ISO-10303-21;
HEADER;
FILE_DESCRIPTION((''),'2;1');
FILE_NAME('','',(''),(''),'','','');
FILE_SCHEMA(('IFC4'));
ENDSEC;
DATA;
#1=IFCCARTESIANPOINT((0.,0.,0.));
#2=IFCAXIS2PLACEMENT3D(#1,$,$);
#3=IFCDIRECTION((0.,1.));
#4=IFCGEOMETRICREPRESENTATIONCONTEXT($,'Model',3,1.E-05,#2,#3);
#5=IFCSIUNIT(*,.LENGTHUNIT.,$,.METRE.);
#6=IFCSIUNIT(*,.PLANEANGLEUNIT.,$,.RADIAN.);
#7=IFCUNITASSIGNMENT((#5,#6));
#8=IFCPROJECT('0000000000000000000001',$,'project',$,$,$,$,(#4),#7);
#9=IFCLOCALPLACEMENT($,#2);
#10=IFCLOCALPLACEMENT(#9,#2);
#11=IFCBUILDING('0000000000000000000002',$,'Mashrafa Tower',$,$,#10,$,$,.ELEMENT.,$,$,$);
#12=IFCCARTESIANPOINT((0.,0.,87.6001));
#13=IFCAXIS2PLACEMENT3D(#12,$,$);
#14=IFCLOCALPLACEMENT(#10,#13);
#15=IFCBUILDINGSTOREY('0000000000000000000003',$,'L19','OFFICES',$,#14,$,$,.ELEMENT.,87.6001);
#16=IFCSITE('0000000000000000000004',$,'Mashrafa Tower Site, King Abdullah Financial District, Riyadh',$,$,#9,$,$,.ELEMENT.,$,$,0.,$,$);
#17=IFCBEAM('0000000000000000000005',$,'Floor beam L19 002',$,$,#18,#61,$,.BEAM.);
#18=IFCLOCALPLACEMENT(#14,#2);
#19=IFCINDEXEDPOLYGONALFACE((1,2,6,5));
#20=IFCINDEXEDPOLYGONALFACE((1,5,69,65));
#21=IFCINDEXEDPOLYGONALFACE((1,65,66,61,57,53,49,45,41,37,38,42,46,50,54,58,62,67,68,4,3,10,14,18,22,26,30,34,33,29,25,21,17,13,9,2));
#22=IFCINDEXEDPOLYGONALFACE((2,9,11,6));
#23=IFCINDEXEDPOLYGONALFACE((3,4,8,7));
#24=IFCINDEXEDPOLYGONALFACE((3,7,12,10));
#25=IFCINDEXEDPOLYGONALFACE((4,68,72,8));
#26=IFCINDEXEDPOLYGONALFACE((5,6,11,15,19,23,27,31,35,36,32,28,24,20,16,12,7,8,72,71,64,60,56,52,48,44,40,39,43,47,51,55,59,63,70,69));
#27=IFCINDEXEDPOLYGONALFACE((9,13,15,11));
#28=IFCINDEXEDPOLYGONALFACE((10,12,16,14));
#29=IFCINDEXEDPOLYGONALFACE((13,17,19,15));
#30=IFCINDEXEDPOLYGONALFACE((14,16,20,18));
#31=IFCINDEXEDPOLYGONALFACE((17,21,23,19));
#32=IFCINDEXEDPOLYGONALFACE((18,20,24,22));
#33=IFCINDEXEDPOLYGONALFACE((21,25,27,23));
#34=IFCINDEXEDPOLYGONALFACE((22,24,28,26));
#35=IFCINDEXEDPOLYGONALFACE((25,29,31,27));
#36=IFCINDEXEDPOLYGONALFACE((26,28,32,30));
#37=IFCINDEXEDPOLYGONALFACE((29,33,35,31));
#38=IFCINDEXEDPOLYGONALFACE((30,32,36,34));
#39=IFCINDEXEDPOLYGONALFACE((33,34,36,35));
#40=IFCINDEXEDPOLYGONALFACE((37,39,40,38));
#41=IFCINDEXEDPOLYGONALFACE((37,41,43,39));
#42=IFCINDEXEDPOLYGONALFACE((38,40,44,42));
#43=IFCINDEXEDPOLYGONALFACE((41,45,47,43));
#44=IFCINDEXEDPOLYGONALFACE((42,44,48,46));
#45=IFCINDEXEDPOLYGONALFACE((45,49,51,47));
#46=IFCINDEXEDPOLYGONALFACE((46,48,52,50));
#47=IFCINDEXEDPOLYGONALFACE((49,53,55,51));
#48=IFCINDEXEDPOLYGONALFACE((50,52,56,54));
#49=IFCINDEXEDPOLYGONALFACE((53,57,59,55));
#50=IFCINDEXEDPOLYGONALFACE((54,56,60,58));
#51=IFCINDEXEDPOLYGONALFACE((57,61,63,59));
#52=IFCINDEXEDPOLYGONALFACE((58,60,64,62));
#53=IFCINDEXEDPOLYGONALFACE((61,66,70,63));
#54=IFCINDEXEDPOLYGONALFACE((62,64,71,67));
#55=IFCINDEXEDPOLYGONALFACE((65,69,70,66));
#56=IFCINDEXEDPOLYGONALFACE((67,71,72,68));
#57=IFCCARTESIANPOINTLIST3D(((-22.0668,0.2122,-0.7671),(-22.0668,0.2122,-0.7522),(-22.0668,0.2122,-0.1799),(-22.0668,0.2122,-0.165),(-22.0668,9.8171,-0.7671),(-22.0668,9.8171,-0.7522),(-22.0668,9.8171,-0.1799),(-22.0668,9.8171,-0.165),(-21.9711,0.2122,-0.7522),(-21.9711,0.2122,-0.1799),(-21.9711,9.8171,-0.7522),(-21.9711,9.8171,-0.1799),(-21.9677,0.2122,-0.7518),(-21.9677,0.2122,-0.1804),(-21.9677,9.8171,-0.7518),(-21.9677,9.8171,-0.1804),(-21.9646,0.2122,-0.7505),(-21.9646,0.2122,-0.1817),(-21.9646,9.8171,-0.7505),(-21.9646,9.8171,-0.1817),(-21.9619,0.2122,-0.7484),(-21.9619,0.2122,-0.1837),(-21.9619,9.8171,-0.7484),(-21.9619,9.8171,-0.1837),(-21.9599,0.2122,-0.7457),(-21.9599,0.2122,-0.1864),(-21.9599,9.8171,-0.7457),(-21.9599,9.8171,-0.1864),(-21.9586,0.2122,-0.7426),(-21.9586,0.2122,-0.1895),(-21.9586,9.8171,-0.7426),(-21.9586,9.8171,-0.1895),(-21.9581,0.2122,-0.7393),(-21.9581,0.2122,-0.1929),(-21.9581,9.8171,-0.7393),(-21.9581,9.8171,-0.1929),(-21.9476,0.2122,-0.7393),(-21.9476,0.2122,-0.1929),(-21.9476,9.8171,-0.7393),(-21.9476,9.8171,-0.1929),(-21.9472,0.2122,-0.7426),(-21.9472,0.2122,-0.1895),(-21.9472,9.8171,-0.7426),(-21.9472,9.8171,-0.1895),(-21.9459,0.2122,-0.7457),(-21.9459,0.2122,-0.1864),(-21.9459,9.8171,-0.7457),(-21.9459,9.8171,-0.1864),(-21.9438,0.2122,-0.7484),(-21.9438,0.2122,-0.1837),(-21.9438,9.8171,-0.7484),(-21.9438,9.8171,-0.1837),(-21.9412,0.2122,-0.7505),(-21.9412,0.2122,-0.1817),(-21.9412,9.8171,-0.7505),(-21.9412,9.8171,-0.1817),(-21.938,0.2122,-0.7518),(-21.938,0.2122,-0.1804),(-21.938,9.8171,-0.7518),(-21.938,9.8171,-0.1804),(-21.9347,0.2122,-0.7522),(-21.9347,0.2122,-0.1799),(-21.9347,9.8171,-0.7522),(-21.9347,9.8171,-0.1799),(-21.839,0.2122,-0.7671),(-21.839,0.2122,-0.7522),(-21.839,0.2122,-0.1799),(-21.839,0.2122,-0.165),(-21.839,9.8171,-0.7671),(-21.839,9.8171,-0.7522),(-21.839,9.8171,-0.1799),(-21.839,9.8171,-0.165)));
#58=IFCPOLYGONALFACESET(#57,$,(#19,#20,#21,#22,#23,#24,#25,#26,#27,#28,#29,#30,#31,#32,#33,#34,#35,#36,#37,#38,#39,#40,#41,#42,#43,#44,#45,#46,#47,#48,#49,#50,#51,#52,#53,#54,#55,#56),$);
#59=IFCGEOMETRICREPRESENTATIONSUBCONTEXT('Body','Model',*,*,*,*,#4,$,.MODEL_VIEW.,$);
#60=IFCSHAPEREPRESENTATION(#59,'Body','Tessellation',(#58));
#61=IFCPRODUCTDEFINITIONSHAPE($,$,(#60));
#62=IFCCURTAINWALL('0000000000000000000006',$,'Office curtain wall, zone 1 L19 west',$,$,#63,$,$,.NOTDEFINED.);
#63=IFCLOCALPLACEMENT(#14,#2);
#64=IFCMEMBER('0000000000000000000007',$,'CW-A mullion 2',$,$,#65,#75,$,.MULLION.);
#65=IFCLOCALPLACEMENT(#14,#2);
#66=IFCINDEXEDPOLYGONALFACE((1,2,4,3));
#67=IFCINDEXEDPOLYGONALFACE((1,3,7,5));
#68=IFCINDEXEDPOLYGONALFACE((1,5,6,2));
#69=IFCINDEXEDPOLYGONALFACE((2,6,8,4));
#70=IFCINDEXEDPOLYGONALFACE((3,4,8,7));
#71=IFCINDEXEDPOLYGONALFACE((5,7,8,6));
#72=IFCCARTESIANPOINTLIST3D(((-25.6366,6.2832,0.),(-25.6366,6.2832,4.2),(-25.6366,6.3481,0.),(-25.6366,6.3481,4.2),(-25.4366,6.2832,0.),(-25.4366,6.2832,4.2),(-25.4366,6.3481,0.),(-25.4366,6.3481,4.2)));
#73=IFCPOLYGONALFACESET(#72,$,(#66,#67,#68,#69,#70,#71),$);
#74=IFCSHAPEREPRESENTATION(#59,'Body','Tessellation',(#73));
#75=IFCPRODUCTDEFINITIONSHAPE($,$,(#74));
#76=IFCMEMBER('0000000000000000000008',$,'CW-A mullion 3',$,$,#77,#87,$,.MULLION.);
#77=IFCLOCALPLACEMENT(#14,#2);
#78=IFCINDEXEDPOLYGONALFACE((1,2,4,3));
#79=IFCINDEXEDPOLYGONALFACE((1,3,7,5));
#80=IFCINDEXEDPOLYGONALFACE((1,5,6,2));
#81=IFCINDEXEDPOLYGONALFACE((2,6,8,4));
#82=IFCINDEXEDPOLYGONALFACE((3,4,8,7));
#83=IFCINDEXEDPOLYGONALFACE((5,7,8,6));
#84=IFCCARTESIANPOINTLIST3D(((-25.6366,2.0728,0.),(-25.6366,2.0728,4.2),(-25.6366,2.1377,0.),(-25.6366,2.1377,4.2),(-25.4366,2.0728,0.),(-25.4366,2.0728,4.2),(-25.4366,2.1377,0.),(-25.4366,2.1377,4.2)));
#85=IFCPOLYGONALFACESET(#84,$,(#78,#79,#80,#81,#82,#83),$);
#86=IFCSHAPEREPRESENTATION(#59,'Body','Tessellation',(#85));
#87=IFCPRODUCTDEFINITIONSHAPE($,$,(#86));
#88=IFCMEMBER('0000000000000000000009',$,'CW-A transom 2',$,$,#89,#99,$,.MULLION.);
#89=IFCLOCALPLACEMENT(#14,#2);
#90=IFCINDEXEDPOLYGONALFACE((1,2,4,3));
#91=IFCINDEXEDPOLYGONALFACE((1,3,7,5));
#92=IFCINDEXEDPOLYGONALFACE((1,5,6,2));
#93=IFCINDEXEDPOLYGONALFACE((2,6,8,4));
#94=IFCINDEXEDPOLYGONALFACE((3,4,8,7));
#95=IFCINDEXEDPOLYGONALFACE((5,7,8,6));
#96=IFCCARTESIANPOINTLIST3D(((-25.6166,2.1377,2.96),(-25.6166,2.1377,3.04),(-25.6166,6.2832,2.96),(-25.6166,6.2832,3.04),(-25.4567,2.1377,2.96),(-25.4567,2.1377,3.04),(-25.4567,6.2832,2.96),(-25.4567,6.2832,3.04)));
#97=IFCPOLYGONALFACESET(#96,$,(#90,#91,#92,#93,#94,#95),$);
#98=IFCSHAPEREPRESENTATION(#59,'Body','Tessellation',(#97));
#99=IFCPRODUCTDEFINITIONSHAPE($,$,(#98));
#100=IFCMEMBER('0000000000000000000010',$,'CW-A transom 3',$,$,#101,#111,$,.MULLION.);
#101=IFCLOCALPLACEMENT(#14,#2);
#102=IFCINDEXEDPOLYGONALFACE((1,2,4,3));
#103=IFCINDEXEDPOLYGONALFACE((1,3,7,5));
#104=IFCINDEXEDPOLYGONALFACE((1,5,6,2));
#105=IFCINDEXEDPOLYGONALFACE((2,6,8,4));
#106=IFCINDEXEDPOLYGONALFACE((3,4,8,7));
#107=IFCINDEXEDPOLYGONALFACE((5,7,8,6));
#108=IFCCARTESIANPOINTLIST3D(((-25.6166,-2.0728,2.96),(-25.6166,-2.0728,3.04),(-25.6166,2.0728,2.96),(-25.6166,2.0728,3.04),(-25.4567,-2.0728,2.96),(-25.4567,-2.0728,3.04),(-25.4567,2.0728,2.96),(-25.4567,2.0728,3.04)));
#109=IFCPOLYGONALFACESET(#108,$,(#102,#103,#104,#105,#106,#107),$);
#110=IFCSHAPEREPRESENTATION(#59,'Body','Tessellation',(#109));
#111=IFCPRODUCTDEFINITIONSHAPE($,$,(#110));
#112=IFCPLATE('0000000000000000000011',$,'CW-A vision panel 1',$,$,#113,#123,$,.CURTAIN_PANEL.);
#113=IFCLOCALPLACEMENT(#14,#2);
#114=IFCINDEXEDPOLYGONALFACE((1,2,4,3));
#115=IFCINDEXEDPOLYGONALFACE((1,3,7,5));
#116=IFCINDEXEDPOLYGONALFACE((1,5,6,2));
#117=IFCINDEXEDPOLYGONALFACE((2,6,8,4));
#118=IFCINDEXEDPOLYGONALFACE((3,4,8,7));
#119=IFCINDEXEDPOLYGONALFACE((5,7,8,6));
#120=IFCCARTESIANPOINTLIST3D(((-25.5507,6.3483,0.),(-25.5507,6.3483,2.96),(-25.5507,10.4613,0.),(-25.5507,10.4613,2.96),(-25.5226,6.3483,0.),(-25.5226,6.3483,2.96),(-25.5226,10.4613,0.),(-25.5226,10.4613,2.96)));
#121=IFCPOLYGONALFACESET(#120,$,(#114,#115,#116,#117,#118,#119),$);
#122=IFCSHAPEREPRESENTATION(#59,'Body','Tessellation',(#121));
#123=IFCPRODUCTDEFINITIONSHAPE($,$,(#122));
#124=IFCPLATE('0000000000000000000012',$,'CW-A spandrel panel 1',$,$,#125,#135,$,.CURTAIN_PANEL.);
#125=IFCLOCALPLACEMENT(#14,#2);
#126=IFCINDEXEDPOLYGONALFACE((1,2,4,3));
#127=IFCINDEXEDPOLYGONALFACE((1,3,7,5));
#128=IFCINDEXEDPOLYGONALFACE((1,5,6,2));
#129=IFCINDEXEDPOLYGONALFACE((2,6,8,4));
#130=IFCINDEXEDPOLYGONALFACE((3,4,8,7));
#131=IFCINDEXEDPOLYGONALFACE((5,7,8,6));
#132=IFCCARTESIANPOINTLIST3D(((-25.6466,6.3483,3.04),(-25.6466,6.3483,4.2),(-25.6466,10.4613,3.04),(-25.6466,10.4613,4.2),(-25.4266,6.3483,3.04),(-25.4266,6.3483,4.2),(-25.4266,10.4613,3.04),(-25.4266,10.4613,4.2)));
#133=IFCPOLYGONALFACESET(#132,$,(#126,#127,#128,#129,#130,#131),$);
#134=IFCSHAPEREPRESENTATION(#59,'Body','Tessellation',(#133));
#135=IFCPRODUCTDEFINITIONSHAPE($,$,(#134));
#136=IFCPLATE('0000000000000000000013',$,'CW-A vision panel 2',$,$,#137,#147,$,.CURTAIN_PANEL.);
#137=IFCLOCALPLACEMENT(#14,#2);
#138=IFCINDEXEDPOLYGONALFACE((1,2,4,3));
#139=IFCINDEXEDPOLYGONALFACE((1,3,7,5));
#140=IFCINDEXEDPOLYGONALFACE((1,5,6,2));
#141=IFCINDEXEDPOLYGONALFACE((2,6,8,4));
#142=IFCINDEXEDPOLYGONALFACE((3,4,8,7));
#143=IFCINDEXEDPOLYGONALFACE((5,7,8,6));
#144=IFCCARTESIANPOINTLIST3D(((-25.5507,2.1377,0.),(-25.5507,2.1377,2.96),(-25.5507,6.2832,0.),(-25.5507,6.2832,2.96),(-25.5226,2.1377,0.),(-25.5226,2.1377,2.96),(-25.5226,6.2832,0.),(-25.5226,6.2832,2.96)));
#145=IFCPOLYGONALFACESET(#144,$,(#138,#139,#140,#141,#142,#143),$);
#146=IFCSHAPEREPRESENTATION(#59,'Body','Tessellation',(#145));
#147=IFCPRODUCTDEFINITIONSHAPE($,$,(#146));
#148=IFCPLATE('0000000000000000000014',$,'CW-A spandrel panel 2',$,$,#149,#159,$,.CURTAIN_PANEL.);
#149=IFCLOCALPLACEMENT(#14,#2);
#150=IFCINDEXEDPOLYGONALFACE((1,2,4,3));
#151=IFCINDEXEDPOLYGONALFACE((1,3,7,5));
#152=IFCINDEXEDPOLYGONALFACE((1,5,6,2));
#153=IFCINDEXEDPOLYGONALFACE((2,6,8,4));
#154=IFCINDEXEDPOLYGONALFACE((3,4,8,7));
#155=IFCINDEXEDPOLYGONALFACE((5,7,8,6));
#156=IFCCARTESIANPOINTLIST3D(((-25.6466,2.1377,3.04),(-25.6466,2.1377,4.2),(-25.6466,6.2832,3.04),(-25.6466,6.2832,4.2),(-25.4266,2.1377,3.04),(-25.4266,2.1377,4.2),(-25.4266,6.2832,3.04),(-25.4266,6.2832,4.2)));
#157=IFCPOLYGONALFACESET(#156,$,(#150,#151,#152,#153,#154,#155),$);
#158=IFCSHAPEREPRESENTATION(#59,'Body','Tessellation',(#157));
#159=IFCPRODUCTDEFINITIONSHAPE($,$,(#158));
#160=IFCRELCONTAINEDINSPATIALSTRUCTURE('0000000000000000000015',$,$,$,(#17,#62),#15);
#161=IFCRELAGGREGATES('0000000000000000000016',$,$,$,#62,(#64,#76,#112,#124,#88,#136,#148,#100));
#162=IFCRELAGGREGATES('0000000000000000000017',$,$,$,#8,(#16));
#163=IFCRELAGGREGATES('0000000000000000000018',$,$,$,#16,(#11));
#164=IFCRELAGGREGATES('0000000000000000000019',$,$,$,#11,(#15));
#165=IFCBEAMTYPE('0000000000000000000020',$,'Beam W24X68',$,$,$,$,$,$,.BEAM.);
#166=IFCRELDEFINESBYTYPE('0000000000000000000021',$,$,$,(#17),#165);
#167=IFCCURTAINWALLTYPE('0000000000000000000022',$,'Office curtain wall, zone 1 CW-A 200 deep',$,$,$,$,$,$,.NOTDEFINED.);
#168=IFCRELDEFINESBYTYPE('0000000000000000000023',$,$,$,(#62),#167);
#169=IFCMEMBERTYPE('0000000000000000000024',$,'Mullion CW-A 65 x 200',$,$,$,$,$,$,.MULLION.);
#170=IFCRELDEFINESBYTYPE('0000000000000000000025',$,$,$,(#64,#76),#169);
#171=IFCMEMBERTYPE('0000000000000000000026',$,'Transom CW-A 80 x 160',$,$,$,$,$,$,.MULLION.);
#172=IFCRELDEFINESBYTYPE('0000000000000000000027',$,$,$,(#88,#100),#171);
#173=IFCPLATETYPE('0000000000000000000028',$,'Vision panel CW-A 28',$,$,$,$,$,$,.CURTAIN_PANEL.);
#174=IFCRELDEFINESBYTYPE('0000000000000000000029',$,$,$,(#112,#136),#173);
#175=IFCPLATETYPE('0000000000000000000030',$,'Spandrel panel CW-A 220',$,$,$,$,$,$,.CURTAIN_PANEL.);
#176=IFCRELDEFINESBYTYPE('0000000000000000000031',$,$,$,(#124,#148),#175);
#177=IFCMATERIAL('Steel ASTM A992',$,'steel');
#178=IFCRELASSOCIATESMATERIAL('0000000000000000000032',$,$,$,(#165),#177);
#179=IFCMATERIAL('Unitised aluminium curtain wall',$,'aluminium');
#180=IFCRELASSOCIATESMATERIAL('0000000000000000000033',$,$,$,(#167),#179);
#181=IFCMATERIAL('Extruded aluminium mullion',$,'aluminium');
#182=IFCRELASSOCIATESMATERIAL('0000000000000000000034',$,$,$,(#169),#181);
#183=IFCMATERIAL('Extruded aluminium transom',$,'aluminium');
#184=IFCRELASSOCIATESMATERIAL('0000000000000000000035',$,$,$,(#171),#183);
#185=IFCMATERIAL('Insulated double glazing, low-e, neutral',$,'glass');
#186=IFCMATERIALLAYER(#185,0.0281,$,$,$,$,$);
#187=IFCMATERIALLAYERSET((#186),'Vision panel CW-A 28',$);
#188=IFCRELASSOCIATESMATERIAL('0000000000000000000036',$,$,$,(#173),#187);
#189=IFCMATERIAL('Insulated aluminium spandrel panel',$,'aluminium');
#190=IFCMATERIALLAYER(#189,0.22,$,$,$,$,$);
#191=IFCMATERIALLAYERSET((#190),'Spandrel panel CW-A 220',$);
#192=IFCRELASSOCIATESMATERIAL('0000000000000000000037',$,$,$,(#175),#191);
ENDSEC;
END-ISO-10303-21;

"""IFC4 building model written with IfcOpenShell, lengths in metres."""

from ifc_helpers import new_model, si_unit, direction, frame, origin, origin_2d, place, context, subcontext, project, spatial, rectangle, i_section, extrude, source, transform, mapped, material, layer, layer_set, material_profile, profile_set, type_object, type_shapes, element, aggregate, save


model = new_model("IFC4")

# Units and contexts
model_context = context("Model", 3, precision=1e-05, world=origin(), true_north=direction((0.0, 1.0)))
body_context = subcontext(model_context, "Body", "Model", "MODEL_VIEW")
ifc_project = project(units=[si_unit("LENGTHUNIT", "METRE"), si_unit("PLANEANGLEUNIT", "RADIAN")], contexts=[model_context])

# Site, building, storey
site_placement = place(None, origin())
site = spatial("IfcSite", under=ifc_project, at=site_placement, Name="Mashrafa Tower Site, King Abdullah Financial District, Riyadh", CompositionType="ELEMENT", RefElevation=0.0)
building_placement = place(site_placement, origin())
building = spatial("IfcBuilding", under=site, at=building_placement, Name="Mashrafa Tower", CompositionType="ELEMENT")
storey_placement = place(building_placement, frame((0.0, 0.0, 87.6001)))
storey = spatial("IfcBuildingStorey", under=building, at=storey_placement, Name="L19", Description="OFFICES", CompositionType="ELEMENT", Elevation=87.6001)

# Beam
ifc_material_1 = material(Name="Steel ASTM A992", Category="steel")
ifc_material_profile_1 = material_profile(ifc_material_1, i_section(OverallWidth=0.2278, OverallDepth=0.6021, WebThickness=0.0105, FlangeThickness=0.0149, FilletRadius=0.0129, at=origin_2d()), Name="W24X68")
ifc_profile_set_1 = profile_set([ifc_material_profile_1], Name="Steel ASTM A992")
beam_type_1 = type_object("IfcBeamType", Name="Beam W24X68", PredefinedType="BEAM", material=ifc_profile_set_1)
beam_1_placement = place(storey_placement, frame((-21.9529, 0.2122, -0.4661), z_axis=(0.0, 1.0, 0.0), x_axis=(-1.0, 0.0, 0.0)))
element("IfcBeam", 1, at=beam_1_placement, inside=storey, type_object=beam_type_1, Name="Floor beam L19 002", PredefinedType="BEAM", context=body_context, shape_type="SweptSolid", body=[
    extrude(i_section(OverallWidth=0.2278, OverallDepth=0.6021, WebThickness=0.0105, FlangeThickness=0.0149, FilletRadius=0.0129, at=origin_2d()), origin(), (0.0, 0.0, 1.0), 9.605),
])

# Curtain wall, members, plates
ifc_material_2 = material(Name="Unitised aluminium curtain wall", Category="aluminium")
curtain_wall_type = type_object("IfcCurtainWallType", Name="Office curtain wall, zone 1 CW-A 200 deep", PredefinedType="NOTDEFINED", material=ifc_material_2)
curtain_wall_placement = place(storey_placement, origin())
curtain_wall = element("IfcCurtainWall", 2, at=curtain_wall_placement, inside=storey, type_object=curtain_wall_type, Name="Office curtain wall, zone 1 L19 west", PredefinedType="NOTDEFINED")
ifc_material_3 = material(Name="Extruded aluminium mullion", Category="aluminium")
ifc_material_profile_2 = material_profile(ifc_material_3, rectangle(XDim=0.2, YDim=0.0649, at=origin_2d()), Name="Mullion 65x200")
ifc_profile_set_2 = profile_set([ifc_material_profile_2], Name="Extruded aluminium mullion")
member_type_1 = type_object("IfcMemberType", Name="Mullion CW-A 65 x 200", PredefinedType="MULLION", material=ifc_profile_set_2)
shared_shape_1 = source(origin(), body_context, "Body", "SweptSolid", [
    extrude(rectangle(XDim=0.2, YDim=0.0649, at=origin_2d()), origin(), (0.0, 0.0, 1.0), 4.2),
])
type_shapes(member_type_1, [shared_shape_1])
member_1_placement = place(storey_placement, frame((-25.5366, 6.3157, 0.0), z_axis=(0.0, 0.0, 1.0), x_axis=(1.0, 0.0, 0.0)))
member_1 = element("IfcMember", 3, at=member_1_placement, type_object=member_type_1, Name="CW-A mullion 2", PredefinedType="MULLION", context=body_context, shape_type="MappedRepresentation", body=[
    mapped(shared_shape_1, transform((0.0, 0.0, 0.0))),
])
member_2_placement = place(storey_placement, frame((-25.5366, 2.1052, 0.0), z_axis=(0.0, 0.0, 1.0), x_axis=(1.0, 0.0, 0.0)))
member_2 = element("IfcMember", 4, at=member_2_placement, type_object=member_type_1, Name="CW-A mullion 3", PredefinedType="MULLION", context=body_context, shape_type="MappedRepresentation", body=[
    mapped(shared_shape_1, transform((0.0, 0.0, 0.0))),
])
ifc_material_4 = material(Name="Extruded aluminium transom", Category="aluminium")
ifc_material_profile_3 = material_profile(ifc_material_4, rectangle(XDim=0.1599, YDim=0.0801, at=origin_2d()), Name="Transom 80x160")
ifc_profile_set_3 = profile_set([ifc_material_profile_3], Name="Extruded aluminium transom")
member_type_2 = type_object("IfcMemberType", Name="Transom CW-A 80 x 160", PredefinedType="MULLION", material=ifc_profile_set_3)
shared_shape_2 = source(origin(), body_context, "Body", "SweptSolid", [
    extrude(rectangle(XDim=0.1599, YDim=0.0801, at=origin_2d()), origin(), (0.0, 0.0, 1.0), 4.1455),
])
type_shapes(member_type_2, [shared_shape_2])
member_3_placement = place(storey_placement, frame((-25.5366, 6.2832, 3.0), z_axis=(0.0, -1.0, 0.0), x_axis=(1.0, 0.0, 0.0)))
member_3 = element("IfcMember", 5, at=member_3_placement, type_object=member_type_2, Name="CW-A transom 2", PredefinedType="MULLION", context=body_context, shape_type="MappedRepresentation", body=[
    mapped(shared_shape_2, transform((0.0, 0.0, 0.0))),
])
member_4_placement = place(storey_placement, frame((-25.5366, 2.0728, 3.0), z_axis=(0.0, -1.0, 0.0), x_axis=(1.0, 0.0, 0.0)))
member_4 = element("IfcMember", 6, at=member_4_placement, type_object=member_type_2, Name="CW-A transom 3", PredefinedType="MULLION", context=body_context, shape_type="MappedRepresentation", body=[
    mapped(shared_shape_2, transform((0.0, 0.0, 0.0))),
])
ifc_material_5 = material(Name="Insulated double glazing, low-e, neutral", Category="glass")
ifc_layer_1 = layer(ifc_material_5, 0.0281)
ifc_layer_set_1 = layer_set([ifc_layer_1], Name="Vision panel CW-A 28")
plate_type_1 = type_object("IfcPlateType", Name="Vision panel CW-A 28", PredefinedType="CURTAIN_PANEL", material=ifc_layer_set_1)
shared_shape_3 = source(origin(), body_context, "Body", "SweptSolid", [
    extrude(rectangle(XDim=4.113, YDim=0.0281, at=origin_2d()), origin(), (0.0, 0.0, 1.0), 2.96),
])
plate_1_placement = place(storey_placement, frame((-25.5366, 8.4048, 0.0), z_axis=(0.0, 0.0, 1.0), x_axis=(0.0, -1.0, 0.0)))
plate_1 = element("IfcPlate", 7, at=plate_1_placement, type_object=plate_type_1, Name="CW-A vision panel 1", PredefinedType="CURTAIN_PANEL", context=body_context, shape_type="MappedRepresentation", body=[
    mapped(shared_shape_3, transform((0.0, 0.0, 0.0))),
])
ifc_material_6 = material(Name="Insulated aluminium spandrel panel", Category="aluminium")
ifc_layer_2 = layer(ifc_material_6, 0.22)
ifc_layer_set_2 = layer_set([ifc_layer_2], Name="Spandrel panel CW-A 220")
plate_type_2 = type_object("IfcPlateType", Name="Spandrel panel CW-A 220", PredefinedType="CURTAIN_PANEL", material=ifc_layer_set_2)
shared_shape_4 = source(origin(), body_context, "Body", "SweptSolid", [
    extrude(rectangle(XDim=4.113, YDim=0.22, at=origin_2d()), origin(), (0.0, 0.0, 1.0), 1.1599),
])
plate_2_placement = place(storey_placement, frame((-25.5366, 8.4048, 3.04), z_axis=(0.0, 0.0, 1.0), x_axis=(0.0, -1.0, 0.0)))
plate_2 = element("IfcPlate", 8, at=plate_2_placement, type_object=plate_type_2, Name="CW-A spandrel panel 1", PredefinedType="CURTAIN_PANEL", context=body_context, shape_type="MappedRepresentation", body=[
    mapped(shared_shape_4, transform((0.0, 0.0, 0.0))),
])
shared_shape_5 = source(origin(), body_context, "Body", "SweptSolid", [
    extrude(rectangle(XDim=4.1455, YDim=0.0281, at=origin_2d()), origin(), (0.0, 0.0, 1.0), 2.96),
])
type_shapes(plate_type_1, [shared_shape_3, shared_shape_5])
plate_3_placement = place(storey_placement, frame((-25.5366, 4.2104, 0.0), z_axis=(0.0, 0.0, 1.0), x_axis=(0.0, -1.0, 0.0)))
plate_3 = element("IfcPlate", 9, at=plate_3_placement, type_object=plate_type_1, Name="CW-A vision panel 2", PredefinedType="CURTAIN_PANEL", context=body_context, shape_type="MappedRepresentation", body=[
    mapped(shared_shape_5, transform((0.0, 0.0, 0.0))),
])
shared_shape_6 = source(origin(), body_context, "Body", "SweptSolid", [
    extrude(rectangle(XDim=4.1455, YDim=0.22, at=origin_2d()), origin(), (0.0, 0.0, 1.0), 1.1599),
])
type_shapes(plate_type_2, [shared_shape_4, shared_shape_6])
plate_4_placement = place(storey_placement, frame((-25.5366, 4.2104, 3.04), z_axis=(0.0, 0.0, 1.0), x_axis=(0.0, -1.0, 0.0)))
plate_4 = element("IfcPlate", 10, at=plate_4_placement, type_object=plate_type_2, Name="CW-A spandrel panel 2", PredefinedType="CURTAIN_PANEL", context=body_context, shape_type="MappedRepresentation", body=[
    mapped(shared_shape_6, transform((0.0, 0.0, 0.0))),
])
aggregate(curtain_wall, [member_1, member_2, plate_1, plate_2, member_3, plate_3, plate_4, member_4])

save(model, "model.ifc")
